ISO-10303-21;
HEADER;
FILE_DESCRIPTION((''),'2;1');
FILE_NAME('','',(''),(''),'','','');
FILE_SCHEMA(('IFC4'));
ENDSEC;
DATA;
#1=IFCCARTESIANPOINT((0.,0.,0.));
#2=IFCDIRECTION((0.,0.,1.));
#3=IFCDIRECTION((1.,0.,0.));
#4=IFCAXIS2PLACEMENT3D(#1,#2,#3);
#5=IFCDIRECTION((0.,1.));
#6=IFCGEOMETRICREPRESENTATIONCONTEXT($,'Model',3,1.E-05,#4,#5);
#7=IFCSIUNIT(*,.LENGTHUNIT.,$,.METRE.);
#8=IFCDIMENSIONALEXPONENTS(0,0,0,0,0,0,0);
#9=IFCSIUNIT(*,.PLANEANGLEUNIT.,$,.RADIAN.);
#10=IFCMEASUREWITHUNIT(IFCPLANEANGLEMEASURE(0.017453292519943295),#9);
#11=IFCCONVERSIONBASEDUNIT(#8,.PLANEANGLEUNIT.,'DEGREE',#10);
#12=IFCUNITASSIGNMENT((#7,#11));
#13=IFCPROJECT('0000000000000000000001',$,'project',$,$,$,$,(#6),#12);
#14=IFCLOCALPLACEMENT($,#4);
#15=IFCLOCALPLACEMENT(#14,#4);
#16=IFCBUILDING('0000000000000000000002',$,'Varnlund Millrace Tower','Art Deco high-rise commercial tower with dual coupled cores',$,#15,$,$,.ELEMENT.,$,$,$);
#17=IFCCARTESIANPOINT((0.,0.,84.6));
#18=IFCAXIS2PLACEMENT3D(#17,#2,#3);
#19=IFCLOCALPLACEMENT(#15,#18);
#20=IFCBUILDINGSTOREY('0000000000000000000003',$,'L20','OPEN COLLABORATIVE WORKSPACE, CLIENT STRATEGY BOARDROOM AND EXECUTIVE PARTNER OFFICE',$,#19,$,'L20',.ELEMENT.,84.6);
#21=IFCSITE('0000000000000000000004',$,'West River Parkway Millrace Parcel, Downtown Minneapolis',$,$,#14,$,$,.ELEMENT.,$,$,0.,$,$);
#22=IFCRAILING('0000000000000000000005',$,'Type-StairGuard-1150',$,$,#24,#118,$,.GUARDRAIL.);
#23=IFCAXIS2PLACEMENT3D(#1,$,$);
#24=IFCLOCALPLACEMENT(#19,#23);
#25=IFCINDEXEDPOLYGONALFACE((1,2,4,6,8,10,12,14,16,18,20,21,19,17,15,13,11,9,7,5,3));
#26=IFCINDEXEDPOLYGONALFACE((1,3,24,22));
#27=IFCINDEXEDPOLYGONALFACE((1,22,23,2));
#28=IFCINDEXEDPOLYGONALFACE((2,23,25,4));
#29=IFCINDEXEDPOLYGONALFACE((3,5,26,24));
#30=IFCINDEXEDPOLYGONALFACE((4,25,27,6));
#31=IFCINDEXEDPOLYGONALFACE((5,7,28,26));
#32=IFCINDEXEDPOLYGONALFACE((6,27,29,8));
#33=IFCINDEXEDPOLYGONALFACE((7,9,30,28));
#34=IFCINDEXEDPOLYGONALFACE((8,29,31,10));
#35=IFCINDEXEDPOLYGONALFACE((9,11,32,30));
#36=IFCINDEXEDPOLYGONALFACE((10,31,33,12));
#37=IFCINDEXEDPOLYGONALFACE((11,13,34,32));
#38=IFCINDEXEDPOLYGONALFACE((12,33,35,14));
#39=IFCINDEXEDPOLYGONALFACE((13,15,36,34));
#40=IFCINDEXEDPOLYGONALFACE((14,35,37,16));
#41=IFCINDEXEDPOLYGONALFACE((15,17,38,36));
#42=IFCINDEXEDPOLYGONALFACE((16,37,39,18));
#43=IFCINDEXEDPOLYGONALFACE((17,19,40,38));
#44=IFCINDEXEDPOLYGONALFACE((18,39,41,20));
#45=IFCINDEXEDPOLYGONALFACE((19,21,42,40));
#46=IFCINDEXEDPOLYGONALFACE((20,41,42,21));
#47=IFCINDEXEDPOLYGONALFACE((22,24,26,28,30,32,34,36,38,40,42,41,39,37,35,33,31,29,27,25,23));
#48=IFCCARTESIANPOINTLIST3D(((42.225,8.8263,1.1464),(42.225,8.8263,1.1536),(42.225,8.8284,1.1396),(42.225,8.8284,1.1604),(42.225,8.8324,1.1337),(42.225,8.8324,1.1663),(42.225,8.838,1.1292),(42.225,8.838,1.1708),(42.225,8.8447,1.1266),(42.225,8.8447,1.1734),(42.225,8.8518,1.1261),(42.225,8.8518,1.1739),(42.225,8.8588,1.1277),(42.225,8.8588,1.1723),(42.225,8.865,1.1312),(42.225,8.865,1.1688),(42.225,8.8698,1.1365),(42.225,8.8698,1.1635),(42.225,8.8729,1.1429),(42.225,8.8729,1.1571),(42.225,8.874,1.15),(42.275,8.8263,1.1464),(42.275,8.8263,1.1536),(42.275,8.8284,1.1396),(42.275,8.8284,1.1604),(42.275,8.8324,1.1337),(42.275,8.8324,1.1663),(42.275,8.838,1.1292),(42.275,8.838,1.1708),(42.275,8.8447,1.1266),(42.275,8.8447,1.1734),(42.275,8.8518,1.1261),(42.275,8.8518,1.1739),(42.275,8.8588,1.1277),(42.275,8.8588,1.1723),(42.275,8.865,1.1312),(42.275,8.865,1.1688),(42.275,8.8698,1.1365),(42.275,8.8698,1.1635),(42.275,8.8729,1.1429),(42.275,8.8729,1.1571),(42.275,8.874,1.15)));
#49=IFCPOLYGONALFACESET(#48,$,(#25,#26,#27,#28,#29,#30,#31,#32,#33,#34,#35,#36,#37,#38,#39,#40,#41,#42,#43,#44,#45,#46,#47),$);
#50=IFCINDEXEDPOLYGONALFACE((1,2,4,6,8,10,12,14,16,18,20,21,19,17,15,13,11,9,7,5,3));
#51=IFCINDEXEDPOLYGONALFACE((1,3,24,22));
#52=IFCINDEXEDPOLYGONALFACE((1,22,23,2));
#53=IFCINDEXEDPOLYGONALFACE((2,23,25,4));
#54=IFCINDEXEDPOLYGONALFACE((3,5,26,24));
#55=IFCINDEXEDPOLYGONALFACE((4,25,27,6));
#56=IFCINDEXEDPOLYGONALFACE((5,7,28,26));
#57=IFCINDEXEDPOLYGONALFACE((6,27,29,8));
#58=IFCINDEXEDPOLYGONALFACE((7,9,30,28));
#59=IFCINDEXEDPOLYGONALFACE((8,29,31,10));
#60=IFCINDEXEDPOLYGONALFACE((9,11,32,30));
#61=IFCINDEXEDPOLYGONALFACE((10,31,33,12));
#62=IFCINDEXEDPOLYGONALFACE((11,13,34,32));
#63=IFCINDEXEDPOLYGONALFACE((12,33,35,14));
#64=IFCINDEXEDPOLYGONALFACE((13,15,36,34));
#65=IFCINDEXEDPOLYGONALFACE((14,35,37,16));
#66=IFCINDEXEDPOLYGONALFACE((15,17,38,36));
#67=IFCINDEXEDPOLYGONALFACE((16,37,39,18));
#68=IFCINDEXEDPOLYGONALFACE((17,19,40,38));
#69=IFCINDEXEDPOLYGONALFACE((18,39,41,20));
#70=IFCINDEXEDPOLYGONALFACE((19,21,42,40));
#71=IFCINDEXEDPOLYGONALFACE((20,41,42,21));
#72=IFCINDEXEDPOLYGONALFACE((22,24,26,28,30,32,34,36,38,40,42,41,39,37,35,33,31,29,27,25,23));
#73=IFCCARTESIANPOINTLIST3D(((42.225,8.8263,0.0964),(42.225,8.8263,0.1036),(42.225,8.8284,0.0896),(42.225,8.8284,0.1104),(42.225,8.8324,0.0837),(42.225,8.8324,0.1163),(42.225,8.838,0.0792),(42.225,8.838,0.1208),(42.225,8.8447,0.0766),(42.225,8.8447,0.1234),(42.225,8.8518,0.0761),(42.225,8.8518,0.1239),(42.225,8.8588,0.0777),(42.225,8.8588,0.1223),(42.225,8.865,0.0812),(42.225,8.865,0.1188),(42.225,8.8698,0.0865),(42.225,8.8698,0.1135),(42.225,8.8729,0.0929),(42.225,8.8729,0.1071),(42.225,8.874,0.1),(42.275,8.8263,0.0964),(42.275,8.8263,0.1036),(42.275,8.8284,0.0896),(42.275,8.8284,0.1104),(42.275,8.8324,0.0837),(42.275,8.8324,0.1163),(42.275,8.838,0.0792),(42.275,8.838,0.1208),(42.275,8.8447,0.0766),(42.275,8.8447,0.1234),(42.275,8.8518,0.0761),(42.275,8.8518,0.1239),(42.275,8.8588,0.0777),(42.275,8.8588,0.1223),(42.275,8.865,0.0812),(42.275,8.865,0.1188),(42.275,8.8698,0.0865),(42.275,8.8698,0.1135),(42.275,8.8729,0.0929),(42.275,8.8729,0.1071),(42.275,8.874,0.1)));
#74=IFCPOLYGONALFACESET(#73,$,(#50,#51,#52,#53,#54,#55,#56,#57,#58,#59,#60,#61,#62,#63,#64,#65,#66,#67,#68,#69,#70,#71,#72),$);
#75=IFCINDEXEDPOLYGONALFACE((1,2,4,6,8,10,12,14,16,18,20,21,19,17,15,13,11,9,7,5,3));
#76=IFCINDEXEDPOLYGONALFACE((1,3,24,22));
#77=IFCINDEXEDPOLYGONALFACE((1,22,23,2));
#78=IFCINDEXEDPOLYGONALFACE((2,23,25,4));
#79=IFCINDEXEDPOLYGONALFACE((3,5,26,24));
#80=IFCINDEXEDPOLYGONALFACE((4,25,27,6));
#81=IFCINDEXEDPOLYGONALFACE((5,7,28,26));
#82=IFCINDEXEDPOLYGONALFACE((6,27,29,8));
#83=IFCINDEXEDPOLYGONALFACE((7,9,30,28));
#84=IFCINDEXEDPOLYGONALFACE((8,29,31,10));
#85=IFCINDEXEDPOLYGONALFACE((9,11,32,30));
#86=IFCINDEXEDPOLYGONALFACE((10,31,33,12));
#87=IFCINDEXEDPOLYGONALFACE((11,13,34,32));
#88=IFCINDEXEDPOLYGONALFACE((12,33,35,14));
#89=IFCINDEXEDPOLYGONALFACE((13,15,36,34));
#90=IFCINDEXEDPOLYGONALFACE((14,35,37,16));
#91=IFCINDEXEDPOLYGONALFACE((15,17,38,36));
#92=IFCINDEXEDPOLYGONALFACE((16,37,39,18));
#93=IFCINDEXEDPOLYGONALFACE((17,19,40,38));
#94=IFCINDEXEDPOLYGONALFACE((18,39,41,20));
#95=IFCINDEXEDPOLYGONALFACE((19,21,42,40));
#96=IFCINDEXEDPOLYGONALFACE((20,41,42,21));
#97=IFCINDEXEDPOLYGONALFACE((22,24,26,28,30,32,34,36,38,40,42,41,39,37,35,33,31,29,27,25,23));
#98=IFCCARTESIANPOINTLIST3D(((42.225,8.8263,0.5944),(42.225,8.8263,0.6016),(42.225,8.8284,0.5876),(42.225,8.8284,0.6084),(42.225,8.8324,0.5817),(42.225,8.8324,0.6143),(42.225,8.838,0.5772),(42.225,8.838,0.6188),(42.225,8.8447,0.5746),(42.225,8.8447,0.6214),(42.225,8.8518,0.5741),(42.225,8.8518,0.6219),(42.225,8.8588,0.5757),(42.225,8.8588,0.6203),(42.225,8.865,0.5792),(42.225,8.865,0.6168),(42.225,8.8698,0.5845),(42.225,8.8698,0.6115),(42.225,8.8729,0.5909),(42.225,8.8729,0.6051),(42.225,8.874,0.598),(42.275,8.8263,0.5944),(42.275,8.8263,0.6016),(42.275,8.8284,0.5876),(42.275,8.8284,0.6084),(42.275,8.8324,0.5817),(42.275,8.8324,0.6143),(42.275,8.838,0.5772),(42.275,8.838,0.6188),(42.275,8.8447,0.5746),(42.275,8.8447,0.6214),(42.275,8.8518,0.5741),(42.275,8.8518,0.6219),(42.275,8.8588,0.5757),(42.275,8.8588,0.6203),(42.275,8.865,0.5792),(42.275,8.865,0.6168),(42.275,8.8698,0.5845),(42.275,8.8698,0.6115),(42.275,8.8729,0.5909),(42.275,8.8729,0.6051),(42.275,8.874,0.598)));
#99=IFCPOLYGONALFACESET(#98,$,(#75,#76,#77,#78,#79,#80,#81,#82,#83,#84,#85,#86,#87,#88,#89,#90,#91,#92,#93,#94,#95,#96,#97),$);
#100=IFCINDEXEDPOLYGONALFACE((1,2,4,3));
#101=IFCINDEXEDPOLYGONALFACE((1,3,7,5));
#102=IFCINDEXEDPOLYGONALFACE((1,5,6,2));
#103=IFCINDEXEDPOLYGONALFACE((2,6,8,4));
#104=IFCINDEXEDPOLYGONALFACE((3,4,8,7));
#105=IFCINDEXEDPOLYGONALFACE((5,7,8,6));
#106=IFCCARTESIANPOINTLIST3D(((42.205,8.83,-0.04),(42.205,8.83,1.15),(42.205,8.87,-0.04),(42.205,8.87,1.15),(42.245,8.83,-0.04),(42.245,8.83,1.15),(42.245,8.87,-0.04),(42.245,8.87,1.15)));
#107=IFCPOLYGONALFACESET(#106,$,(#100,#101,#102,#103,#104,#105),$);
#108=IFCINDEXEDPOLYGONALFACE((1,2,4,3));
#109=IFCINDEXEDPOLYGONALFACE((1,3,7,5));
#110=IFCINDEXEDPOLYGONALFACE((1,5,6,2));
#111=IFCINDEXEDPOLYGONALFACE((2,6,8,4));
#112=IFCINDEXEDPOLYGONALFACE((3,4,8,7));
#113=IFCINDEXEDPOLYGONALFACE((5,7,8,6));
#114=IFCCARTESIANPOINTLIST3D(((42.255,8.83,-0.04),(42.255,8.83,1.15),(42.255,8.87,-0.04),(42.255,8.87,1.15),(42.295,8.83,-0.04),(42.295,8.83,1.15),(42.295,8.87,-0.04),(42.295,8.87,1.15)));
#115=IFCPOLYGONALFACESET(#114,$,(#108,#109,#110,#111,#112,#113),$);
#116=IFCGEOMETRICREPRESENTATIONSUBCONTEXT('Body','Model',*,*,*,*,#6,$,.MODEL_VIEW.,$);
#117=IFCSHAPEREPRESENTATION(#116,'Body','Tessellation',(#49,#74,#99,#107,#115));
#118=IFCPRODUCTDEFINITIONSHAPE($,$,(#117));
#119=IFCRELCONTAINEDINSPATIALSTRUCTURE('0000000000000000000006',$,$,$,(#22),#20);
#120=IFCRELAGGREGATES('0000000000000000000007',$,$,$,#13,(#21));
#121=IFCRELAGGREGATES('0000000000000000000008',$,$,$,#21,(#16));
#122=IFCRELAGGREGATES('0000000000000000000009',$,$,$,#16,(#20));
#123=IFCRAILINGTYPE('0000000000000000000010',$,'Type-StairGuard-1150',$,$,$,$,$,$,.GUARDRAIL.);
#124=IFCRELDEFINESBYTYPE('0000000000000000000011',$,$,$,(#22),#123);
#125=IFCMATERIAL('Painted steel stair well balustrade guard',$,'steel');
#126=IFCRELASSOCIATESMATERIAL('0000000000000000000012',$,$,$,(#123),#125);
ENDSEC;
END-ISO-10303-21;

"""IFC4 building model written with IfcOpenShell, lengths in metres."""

from ifc_helpers import new_model, entity, si_unit, converted_unit, direction, frame, origin_with_axes, origin_2d_with_axis, place, context, subcontext, project, spatial, rectangle, circle, extrude, material, type_object, element, save


model = new_model("IFC4")

# Units and contexts
model_context = context("Model", 3, precision=1e-05, world=origin_with_axes(), true_north=direction((0.0, 1.0)))
body_context = subcontext(model_context, "Body", "Model", "MODEL_VIEW")
ifc_project = project(units=[si_unit("LENGTHUNIT", "METRE"), converted_unit("PLANEANGLEUNIT", "DEGREE", entity("IfcPlaneAngleMeasure", 0.017453292519943295), si_unit("PLANEANGLEUNIT", "RADIAN"), dimensions=[0, 0, 0, 0, 0, 0, 0])], contexts=[model_context])

# Site, building, storey
site_placement = place(None, origin_with_axes())
site = spatial("IfcSite", under=ifc_project, at=site_placement, Name="West River Parkway Millrace Parcel, Downtown Minneapolis", CompositionType="ELEMENT", RefElevation=0.0)
building_placement = place(site_placement, origin_with_axes())
building = spatial("IfcBuilding", under=site, at=building_placement, Name="Varnlund Millrace Tower", Description="Art Deco high-rise commercial tower with dual coupled cores", CompositionType="ELEMENT")
storey_placement = place(building_placement, frame((0.0, 0.0, 84.6), z_axis=(0.0, 0.0, 1.0), x_axis=(1.0, 0.0, 0.0)))
storey = spatial("IfcBuildingStorey", under=building, at=storey_placement, Name="L20", Description="OPEN COLLABORATIVE WORKSPACE, CLIENT STRATEGY BOARDROOM AND EXECUTIVE PARTNER OFFICE", LongName="L20", CompositionType="ELEMENT", Elevation=84.6)

# Railing
ifc_material_1 = material(Name="Painted steel stair well balustrade guard", Category="steel")
railing_type_1 = type_object("IfcRailingType", Name="Type-StairGuard-1150", PredefinedType="GUARDRAIL", material=ifc_material_1)
railing_1_placement = place(storey_placement, frame((0.0, 0.0, -84.6), z_axis=(0.0, 0.0, 1.0), x_axis=(1.0, 0.0, 0.0)))
element("IfcRailing", 1, at=railing_1_placement, inside=storey, type_object=railing_type_1, Name="Type-StairGuard-1150", PredefinedType="GUARDRAIL", context=body_context, shape_type="SweptSolid", body=[
    extrude(circle(Radius=0.024, at=origin_2d_with_axis()), frame((42.225, 8.85, 85.75), z_axis=(1.0, 0.0, 0.0), x_axis=(0.0, 1.0, 0.0)), (0.0, 0.0, 1.0), 0.05),
    extrude(circle(Radius=0.024, at=origin_2d_with_axis()), frame((42.225, 8.85, 84.7), z_axis=(1.0, 0.0, 0.0), x_axis=(0.0, 1.0, 0.0)), (0.0, 0.0, 1.0), 0.05),
    extrude(circle(Radius=0.024, at=origin_2d_with_axis()), frame((42.225, 8.85, 85.198), z_axis=(1.0, 0.0, 0.0), x_axis=(0.0, 1.0, 0.0)), (0.0, 0.0, 1.0), 0.05),
    extrude(rectangle(XDim=0.04, YDim=0.04, at=origin_2d_with_axis()), frame((42.225, 8.85, 84.56), z_axis=(0.0, 0.0, 1.0), x_axis=(1.0, 0.0, 0.0)), (0.0, 0.0, 1.0), 1.19),
    extrude(rectangle(XDim=0.04, YDim=0.04, at=origin_2d_with_axis()), frame((42.275, 8.85, 84.56), z_axis=(0.0, 0.0, 1.0), x_axis=(1.0, 0.0, 0.0)), (0.0, 0.0, 1.0), 1.19),
])

save(model, "model.ifc")
